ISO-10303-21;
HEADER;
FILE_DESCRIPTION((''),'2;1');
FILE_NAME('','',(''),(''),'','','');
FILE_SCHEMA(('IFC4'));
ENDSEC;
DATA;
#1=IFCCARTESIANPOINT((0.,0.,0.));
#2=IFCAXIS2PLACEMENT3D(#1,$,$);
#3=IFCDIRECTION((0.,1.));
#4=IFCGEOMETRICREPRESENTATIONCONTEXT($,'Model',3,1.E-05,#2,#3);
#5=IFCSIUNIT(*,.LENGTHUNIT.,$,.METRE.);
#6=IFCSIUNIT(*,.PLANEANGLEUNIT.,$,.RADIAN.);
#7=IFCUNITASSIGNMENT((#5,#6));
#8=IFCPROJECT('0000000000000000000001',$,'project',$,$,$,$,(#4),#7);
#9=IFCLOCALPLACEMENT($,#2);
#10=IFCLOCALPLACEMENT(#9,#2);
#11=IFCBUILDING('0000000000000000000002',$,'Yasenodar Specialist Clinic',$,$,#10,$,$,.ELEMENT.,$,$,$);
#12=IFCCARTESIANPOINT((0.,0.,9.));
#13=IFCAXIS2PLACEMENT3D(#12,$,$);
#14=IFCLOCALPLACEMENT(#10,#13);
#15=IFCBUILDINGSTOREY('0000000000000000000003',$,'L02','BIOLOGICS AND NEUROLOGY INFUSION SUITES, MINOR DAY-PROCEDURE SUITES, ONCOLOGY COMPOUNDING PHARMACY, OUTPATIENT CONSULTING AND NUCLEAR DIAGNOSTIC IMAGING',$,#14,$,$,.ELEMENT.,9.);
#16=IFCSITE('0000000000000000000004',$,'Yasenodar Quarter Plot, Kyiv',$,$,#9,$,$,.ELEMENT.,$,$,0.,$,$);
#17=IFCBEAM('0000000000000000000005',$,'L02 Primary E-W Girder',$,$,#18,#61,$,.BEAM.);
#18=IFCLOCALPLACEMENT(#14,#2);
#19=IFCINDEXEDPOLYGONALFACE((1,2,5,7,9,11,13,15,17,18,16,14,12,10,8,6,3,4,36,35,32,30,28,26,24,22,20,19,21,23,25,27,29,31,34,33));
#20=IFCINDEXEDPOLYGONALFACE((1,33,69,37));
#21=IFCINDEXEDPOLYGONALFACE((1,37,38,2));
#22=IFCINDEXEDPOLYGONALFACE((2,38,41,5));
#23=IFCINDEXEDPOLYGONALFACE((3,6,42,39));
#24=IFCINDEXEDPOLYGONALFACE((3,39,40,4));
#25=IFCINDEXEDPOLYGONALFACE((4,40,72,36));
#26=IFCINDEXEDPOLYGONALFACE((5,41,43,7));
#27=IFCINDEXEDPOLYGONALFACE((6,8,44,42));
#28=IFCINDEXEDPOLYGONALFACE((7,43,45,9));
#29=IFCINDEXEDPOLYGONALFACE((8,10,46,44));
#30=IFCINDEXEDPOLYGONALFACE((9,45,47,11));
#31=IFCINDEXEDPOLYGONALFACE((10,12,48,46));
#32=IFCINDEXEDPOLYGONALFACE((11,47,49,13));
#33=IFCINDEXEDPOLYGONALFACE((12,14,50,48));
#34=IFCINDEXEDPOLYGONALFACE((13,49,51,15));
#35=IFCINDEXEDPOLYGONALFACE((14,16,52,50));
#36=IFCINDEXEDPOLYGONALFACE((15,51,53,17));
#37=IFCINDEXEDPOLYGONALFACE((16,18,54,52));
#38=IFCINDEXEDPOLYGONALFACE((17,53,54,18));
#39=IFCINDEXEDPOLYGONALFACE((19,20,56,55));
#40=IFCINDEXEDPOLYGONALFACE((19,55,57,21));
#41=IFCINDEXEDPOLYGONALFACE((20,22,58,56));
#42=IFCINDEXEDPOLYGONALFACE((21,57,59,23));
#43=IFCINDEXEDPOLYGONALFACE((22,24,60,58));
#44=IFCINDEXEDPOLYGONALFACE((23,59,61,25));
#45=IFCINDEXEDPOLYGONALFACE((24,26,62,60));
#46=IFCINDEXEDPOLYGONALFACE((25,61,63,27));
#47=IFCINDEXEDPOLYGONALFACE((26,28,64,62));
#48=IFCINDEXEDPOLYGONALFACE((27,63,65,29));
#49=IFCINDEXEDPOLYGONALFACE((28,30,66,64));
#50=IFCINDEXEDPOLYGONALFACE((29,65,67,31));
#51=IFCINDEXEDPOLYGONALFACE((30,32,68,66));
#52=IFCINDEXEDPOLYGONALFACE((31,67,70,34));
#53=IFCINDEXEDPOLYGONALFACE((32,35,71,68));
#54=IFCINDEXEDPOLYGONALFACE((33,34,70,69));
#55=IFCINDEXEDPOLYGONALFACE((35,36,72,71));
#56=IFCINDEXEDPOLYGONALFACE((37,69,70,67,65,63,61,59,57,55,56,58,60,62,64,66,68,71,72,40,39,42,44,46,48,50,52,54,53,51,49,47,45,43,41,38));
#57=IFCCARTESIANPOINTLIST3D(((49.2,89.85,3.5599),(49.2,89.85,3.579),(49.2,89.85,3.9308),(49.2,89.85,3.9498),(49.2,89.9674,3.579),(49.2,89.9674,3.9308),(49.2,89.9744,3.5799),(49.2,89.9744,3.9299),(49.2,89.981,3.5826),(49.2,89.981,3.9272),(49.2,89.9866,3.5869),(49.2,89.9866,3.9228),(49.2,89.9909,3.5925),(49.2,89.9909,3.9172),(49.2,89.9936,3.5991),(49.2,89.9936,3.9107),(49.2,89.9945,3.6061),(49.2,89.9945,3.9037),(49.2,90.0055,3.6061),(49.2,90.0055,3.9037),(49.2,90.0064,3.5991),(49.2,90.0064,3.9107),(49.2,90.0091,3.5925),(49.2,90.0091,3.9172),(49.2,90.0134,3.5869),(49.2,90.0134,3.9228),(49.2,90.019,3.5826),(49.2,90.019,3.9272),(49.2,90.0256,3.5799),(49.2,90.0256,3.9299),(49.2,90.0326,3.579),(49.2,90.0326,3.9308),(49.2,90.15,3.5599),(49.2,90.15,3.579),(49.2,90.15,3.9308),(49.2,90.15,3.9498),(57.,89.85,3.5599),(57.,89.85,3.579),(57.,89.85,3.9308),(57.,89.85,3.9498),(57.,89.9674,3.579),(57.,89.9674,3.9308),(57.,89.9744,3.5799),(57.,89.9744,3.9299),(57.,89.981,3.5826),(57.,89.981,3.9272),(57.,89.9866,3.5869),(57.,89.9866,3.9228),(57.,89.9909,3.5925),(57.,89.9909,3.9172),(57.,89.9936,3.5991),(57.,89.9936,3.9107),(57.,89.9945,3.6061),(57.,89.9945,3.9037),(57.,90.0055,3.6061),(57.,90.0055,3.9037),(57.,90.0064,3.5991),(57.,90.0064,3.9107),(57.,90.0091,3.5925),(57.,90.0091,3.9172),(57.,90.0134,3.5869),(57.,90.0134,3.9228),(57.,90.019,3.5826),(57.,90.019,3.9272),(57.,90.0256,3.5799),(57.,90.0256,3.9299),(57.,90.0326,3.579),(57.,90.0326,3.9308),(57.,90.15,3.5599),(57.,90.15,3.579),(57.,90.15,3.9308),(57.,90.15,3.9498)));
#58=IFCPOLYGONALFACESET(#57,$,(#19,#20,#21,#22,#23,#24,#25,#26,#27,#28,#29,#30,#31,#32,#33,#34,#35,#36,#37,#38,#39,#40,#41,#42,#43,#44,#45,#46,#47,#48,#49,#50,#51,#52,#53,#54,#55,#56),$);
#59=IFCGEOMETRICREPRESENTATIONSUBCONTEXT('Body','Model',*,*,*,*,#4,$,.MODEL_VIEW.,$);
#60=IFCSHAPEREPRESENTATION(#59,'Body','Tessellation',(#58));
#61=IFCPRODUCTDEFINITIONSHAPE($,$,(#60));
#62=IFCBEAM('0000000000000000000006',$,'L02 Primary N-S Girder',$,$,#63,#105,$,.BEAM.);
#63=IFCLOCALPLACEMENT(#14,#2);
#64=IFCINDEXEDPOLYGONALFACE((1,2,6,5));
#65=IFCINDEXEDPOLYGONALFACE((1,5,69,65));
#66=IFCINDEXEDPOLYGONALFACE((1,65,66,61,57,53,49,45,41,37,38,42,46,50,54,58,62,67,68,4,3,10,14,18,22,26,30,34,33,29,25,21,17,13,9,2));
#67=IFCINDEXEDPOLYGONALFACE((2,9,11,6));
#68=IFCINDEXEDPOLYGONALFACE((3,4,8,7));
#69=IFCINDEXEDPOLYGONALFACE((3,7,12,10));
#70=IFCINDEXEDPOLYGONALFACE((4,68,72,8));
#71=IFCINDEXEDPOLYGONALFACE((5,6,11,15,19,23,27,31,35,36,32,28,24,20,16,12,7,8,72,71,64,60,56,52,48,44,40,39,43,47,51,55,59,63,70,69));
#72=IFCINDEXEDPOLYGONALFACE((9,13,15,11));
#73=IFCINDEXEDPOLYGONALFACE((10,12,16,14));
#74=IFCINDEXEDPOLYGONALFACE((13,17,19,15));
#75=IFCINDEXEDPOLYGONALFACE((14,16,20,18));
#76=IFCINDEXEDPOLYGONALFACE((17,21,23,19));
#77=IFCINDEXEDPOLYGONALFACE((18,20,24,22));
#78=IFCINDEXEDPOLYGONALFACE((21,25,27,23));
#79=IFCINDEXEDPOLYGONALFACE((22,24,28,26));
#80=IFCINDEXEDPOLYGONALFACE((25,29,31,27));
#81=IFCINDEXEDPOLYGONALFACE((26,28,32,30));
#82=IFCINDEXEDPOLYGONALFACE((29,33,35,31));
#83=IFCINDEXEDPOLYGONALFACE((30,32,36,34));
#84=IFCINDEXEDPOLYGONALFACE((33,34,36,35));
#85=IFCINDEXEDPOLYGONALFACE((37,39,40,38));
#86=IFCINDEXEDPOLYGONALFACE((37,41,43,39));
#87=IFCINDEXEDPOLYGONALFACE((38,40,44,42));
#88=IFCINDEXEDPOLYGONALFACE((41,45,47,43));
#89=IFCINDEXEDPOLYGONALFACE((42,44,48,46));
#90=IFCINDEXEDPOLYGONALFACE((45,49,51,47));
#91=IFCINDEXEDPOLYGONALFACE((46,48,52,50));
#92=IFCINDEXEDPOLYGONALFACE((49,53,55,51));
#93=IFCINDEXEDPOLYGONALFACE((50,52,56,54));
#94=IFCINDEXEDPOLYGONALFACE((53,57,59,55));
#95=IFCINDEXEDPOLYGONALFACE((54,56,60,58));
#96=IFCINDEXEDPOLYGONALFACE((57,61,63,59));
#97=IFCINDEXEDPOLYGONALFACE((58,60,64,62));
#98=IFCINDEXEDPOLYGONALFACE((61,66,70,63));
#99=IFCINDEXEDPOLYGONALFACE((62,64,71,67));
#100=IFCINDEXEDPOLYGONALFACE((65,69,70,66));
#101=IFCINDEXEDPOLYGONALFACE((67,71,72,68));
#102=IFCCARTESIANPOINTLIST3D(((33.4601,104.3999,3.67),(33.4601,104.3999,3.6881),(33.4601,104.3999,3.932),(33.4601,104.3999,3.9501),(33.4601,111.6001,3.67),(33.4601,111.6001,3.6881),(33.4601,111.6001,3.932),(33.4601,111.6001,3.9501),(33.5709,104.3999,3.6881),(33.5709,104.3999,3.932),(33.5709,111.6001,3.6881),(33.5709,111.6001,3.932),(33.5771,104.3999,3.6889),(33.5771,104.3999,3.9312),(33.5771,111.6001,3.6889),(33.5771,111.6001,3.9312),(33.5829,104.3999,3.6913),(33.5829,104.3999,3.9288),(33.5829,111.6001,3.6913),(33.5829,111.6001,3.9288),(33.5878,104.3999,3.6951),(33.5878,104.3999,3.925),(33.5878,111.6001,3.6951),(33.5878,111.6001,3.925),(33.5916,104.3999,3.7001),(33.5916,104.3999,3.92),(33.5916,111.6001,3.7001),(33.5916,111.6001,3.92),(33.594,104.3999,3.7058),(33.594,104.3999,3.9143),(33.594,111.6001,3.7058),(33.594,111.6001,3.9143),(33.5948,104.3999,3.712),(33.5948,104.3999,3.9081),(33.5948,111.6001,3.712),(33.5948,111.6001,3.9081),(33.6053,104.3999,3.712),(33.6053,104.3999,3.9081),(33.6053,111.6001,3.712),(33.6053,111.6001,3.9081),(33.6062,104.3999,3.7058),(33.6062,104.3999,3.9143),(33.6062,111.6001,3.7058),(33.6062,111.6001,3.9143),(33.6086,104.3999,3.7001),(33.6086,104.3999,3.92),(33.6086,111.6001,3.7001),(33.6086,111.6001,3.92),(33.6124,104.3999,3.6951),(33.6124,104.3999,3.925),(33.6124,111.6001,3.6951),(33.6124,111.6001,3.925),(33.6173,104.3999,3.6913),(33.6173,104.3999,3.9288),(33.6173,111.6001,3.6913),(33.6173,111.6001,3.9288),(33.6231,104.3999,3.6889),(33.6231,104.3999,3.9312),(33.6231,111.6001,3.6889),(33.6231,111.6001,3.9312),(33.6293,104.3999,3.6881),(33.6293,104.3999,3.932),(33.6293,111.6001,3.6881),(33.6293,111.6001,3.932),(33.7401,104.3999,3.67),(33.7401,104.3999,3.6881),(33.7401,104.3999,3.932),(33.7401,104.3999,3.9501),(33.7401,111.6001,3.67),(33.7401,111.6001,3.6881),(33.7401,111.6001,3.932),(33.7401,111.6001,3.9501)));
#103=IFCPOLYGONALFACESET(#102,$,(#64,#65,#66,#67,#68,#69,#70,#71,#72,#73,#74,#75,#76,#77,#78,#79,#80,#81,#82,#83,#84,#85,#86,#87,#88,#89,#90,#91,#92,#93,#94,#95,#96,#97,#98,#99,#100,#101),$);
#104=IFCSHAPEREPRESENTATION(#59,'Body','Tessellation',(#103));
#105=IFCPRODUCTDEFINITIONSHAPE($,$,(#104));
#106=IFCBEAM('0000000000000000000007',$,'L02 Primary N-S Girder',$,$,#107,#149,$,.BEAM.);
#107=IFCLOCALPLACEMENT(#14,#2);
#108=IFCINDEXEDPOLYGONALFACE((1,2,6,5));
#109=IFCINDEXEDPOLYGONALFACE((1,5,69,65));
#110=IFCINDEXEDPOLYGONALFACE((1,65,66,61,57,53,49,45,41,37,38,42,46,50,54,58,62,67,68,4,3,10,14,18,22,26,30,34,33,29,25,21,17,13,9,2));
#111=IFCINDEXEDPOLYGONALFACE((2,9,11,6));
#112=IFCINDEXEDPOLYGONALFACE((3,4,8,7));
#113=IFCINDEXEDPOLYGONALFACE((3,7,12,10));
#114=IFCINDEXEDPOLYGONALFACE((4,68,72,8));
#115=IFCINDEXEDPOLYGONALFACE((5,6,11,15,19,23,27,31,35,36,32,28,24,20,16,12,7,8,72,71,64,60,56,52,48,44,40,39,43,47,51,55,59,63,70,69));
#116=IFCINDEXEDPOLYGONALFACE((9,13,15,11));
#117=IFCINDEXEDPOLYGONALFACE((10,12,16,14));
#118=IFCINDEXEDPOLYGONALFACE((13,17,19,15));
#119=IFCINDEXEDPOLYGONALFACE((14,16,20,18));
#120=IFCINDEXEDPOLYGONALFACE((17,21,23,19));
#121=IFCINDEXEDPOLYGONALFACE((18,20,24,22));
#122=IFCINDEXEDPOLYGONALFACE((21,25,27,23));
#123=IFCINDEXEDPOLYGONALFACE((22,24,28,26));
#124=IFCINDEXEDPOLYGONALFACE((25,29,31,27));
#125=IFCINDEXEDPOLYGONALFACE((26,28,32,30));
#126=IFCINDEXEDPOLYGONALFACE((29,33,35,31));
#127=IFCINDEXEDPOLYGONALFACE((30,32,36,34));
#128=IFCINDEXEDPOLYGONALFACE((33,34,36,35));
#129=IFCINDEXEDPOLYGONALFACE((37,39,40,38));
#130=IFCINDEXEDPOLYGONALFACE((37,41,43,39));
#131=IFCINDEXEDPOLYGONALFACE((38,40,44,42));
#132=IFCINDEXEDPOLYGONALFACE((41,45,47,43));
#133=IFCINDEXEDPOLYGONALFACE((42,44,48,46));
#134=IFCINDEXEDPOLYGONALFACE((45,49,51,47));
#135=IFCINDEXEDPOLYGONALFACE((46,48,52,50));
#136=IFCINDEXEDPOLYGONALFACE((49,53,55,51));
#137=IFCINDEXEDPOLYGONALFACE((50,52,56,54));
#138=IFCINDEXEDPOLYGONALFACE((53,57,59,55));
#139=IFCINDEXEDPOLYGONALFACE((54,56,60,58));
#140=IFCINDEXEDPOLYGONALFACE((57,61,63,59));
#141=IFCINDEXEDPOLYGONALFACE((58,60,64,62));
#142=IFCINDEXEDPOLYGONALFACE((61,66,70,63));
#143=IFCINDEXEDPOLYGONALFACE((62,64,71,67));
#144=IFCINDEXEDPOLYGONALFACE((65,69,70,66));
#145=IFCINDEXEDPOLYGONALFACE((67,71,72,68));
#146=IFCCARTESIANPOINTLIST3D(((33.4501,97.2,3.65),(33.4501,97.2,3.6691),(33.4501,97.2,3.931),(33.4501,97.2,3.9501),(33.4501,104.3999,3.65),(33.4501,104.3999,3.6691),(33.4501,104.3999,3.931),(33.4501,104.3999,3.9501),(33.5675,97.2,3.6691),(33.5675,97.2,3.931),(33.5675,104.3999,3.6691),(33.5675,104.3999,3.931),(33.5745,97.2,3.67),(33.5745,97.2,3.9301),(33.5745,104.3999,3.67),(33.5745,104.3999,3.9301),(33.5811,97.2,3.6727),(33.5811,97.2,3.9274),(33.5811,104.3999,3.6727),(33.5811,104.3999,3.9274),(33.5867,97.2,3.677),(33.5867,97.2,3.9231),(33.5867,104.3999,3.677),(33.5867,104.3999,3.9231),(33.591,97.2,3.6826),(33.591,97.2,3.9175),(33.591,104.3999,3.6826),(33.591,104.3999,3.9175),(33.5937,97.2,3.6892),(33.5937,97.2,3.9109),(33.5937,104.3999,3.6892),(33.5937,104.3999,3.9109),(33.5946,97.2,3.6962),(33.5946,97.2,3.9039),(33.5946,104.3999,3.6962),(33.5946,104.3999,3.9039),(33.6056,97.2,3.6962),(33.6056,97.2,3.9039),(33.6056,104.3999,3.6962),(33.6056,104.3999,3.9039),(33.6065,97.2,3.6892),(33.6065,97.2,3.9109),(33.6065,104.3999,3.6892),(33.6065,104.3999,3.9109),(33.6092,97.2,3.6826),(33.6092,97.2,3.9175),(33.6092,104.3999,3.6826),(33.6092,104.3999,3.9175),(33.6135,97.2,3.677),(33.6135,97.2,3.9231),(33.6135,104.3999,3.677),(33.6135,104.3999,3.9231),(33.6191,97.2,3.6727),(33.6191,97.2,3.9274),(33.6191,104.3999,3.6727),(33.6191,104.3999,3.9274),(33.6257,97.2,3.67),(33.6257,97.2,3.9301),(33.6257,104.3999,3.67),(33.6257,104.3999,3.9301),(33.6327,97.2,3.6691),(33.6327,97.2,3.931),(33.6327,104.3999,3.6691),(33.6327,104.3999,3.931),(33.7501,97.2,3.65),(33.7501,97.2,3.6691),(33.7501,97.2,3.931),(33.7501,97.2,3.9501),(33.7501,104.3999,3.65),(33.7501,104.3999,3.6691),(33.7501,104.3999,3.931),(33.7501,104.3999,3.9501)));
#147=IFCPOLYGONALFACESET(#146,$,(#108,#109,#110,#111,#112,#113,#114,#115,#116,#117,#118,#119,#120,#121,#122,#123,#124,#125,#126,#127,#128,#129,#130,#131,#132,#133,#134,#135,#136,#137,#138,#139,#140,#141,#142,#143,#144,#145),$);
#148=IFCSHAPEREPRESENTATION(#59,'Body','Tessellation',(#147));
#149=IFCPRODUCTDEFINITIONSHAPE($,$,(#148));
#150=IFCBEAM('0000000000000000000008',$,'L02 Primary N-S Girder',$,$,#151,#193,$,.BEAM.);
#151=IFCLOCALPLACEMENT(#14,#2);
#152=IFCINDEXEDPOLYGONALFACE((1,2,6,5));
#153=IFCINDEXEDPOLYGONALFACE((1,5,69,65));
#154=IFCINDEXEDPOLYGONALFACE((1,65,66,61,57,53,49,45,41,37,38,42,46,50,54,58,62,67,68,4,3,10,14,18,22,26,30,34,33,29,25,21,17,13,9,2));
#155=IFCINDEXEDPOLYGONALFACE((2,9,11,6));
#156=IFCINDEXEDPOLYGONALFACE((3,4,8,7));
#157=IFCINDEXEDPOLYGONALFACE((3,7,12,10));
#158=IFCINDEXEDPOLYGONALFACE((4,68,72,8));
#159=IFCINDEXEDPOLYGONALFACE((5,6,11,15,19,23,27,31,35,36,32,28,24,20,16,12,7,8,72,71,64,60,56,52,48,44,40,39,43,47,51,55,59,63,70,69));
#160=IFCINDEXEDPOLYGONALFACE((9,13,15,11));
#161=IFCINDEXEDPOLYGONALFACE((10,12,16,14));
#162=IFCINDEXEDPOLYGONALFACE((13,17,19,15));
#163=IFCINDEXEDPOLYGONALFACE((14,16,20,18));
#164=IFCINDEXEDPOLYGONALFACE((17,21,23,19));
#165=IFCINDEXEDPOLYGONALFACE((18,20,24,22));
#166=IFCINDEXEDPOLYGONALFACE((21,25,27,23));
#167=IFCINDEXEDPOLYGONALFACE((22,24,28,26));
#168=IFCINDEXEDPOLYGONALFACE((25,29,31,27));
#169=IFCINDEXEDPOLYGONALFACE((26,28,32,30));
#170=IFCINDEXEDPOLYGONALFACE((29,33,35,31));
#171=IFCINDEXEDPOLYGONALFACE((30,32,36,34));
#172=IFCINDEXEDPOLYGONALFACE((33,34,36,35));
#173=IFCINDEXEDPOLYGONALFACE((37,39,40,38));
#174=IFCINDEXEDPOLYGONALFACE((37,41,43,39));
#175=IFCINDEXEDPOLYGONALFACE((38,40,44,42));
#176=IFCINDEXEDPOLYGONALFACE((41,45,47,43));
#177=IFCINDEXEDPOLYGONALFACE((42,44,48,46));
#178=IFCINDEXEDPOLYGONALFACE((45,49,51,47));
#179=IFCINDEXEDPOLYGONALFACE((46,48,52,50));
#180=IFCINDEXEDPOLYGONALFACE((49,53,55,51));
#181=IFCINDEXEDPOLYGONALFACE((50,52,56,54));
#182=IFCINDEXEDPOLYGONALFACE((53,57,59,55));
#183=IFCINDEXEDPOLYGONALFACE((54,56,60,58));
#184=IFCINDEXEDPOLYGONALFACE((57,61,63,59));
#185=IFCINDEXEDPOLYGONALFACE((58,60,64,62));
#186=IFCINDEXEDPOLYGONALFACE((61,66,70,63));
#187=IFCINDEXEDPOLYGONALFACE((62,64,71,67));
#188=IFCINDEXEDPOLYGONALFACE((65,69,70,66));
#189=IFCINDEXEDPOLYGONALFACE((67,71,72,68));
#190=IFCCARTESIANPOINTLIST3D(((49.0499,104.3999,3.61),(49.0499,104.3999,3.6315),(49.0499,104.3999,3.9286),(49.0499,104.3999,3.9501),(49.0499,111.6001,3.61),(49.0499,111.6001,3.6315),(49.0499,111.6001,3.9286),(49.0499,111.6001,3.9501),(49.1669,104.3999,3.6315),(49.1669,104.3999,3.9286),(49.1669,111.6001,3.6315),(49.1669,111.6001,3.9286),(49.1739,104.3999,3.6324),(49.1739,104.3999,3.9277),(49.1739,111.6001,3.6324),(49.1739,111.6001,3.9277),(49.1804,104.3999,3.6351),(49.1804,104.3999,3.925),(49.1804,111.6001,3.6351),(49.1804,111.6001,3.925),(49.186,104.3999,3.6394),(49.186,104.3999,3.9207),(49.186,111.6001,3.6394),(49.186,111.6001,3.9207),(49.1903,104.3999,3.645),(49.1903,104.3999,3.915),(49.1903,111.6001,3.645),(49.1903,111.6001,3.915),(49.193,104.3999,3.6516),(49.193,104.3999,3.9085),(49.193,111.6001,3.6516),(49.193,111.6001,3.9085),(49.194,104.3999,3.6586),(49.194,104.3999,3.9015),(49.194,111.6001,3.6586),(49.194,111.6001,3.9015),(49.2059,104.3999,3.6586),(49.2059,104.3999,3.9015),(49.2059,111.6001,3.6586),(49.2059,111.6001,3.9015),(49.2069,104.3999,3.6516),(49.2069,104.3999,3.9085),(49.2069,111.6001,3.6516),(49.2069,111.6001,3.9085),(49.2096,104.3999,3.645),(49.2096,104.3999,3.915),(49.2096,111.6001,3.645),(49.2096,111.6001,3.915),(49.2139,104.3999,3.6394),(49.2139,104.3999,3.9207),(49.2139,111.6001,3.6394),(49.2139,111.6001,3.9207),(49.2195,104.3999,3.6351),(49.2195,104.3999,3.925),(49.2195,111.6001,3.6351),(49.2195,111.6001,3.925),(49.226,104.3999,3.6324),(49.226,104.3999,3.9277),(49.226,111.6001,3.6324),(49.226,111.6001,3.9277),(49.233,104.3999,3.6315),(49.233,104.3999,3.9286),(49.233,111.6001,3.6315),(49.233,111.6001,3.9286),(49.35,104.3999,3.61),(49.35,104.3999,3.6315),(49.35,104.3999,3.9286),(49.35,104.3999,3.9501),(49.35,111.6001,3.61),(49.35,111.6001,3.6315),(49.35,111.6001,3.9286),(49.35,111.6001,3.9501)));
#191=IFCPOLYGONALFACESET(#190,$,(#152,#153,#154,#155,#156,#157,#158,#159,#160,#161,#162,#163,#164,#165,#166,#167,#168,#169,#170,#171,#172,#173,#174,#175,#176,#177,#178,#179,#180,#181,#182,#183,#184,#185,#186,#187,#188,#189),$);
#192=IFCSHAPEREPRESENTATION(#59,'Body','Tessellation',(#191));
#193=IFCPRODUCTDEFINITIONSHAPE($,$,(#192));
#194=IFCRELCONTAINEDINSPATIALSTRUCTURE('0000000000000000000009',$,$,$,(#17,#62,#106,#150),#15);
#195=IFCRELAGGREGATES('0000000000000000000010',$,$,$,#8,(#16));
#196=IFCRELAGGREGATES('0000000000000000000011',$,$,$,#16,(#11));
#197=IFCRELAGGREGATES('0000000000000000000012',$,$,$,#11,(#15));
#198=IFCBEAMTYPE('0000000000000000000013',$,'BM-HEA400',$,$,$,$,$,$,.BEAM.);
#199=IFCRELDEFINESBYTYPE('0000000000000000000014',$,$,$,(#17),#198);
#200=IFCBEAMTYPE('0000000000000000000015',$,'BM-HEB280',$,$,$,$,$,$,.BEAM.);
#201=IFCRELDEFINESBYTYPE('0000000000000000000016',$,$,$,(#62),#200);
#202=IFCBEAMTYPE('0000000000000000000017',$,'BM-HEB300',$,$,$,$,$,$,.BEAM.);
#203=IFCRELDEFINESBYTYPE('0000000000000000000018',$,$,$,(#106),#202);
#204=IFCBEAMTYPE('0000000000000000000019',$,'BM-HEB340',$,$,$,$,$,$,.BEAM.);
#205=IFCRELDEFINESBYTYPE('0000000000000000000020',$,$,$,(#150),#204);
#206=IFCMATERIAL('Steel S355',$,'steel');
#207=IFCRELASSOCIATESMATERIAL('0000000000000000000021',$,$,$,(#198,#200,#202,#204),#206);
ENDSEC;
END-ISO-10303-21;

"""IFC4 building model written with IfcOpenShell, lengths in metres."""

from ifc_helpers import new_model, si_unit, direction, frame, origin, origin_2d, place, context, subcontext, project, spatial, i_section, extrude, material, material_profile, profile_set, type_object, element, save


model = new_model("IFC4")

# Units and contexts
model_context = context("Model", 3, precision=1e-05, world=origin(), true_north=direction((0.0, 1.0)))
body_context = subcontext(model_context, "Body", "Model", "MODEL_VIEW")
ifc_project = project(units=[si_unit("LENGTHUNIT", "METRE"), si_unit("PLANEANGLEUNIT", "RADIAN")], contexts=[model_context])

# Site, building, storey
site_placement = place(None, origin())
site = spatial("IfcSite", under=ifc_project, at=site_placement, Name="Yasenodar Quarter Plot, Kyiv", CompositionType="ELEMENT", RefElevation=0.0)
building_placement = place(site_placement, origin())
building = spatial("IfcBuilding", under=site, at=building_placement, Name="Yasenodar Specialist Clinic", CompositionType="ELEMENT")
storey_placement = place(building_placement, frame((0.0, 0.0, 9.0)))
storey = spatial("IfcBuildingStorey", under=building, at=storey_placement, Name="L02", Description="BIOLOGICS AND NEUROLOGY INFUSION SUITES, MINOR DAY-PROCEDURE SUITES, ONCOLOGY COMPOUNDING PHARMACY, OUTPATIENT CONSULTING AND NUCLEAR DIAGNOSTIC IMAGING", CompositionType="ELEMENT", Elevation=9.0)

# Shared definitions
ifc_material_1 = material(Name="Steel S355", Category="steel")

# Beams
ifc_material_profile_1 = material_profile(ifc_material_1, i_section(OverallWidth=0.3, OverallDepth=0.3899, WebThickness=0.011, FlangeThickness=0.019, FilletRadius=0.0271, at=origin_2d()), Name="HEA 400")
ifc_profile_set_1 = profile_set([ifc_material_profile_1], Name="Steel S355")
beam_type_1 = type_object("IfcBeamType", Name="BM-HEA400", PredefinedType="BEAM", material=ifc_profile_set_1)
beam_1_placement = place(storey_placement, frame((49.2, 90.0, 3.7549), z_axis=(1.0, 0.0, 0.0), x_axis=(0.0, 1.0, 0.0)))
element("IfcBeam", 1, at=beam_1_placement, inside=storey, type_object=beam_type_1, Name="L02 Primary E-W Girder", PredefinedType="BEAM", context=body_context, shape_type="SweptSolid", body=[
    extrude(i_section(OverallWidth=0.3, OverallDepth=0.3899, WebThickness=0.011, FlangeThickness=0.019, FilletRadius=0.0271, at=origin_2d()), origin(), (0.0, 0.0, 1.0), 7.8),
])
ifc_material_profile_2 = material_profile(ifc_material_1, i_section(OverallWidth=0.28, OverallDepth=0.28, WebThickness=0.0105, FlangeThickness=0.0181, FilletRadius=0.0239, at=origin_2d()), Name="HEB 280")
ifc_profile_set_2 = profile_set([ifc_material_profile_2], Name="Steel S355")
beam_type_2 = type_object("IfcBeamType", Name="BM-HEB280", PredefinedType="BEAM", material=ifc_profile_set_2)
beam_2_placement = place(storey_placement, frame((33.6001, 104.3999, 3.8101), z_axis=(0.0, 1.0, 0.0), x_axis=(-1.0, 0.0, 0.0)))
element("IfcBeam", 2, at=beam_2_placement, inside=storey, type_object=beam_type_2, Name="L02 Primary N-S Girder", PredefinedType="BEAM", context=body_context, shape_type="SweptSolid", body=[
    extrude(i_section(OverallWidth=0.28, OverallDepth=0.28, WebThickness=0.0105, FlangeThickness=0.0181, FilletRadius=0.0239, at=origin_2d()), origin(), (0.0, 0.0, 1.0), 7.2002),
])
ifc_material_profile_3 = material_profile(ifc_material_1, i_section(OverallWidth=0.3, OverallDepth=0.3, WebThickness=0.011, FlangeThickness=0.019, FilletRadius=0.0271, at=origin_2d()), Name="HEB 300")
ifc_profile_set_3 = profile_set([ifc_material_profile_3], Name="Steel S355")
beam_type_3 = type_object("IfcBeamType", Name="BM-HEB300", PredefinedType="BEAM", material=ifc_profile_set_3)
beam_3_placement = place(storey_placement, frame((33.6001, 97.2, 3.8), z_axis=(0.0, 1.0, 0.0), x_axis=(-1.0, 0.0, 0.0)))
element("IfcBeam", 3, at=beam_3_placement, inside=storey, type_object=beam_type_3, Name="L02 Primary N-S Girder", PredefinedType="BEAM", context=body_context, shape_type="SweptSolid", body=[
    extrude(i_section(OverallWidth=0.3, OverallDepth=0.3, WebThickness=0.011, FlangeThickness=0.019, FilletRadius=0.0271, at=origin_2d()), origin(), (0.0, 0.0, 1.0), 7.2),
])
ifc_material_profile_4 = material_profile(ifc_material_1, i_section(OverallWidth=0.3, OverallDepth=0.3401, WebThickness=0.012, FlangeThickness=0.0215, FilletRadius=0.0271, at=origin_2d()), Name="HEB 340")
ifc_profile_set_4 = profile_set([ifc_material_profile_4], Name="Steel S355")
beam_type_4 = type_object("IfcBeamType", Name="BM-HEB340", PredefinedType="BEAM", material=ifc_profile_set_4)
beam_4_placement = place(storey_placement, frame((49.2, 104.3999, 3.78), z_axis=(0.0, 1.0, 0.0), x_axis=(-1.0, 0.0, 0.0)))
element("IfcBeam", 4, at=beam_4_placement, inside=storey, type_object=beam_type_4, Name="L02 Primary N-S Girder", PredefinedType="BEAM", context=body_context, shape_type="SweptSolid", body=[
    extrude(i_section(OverallWidth=0.3, OverallDepth=0.3401, WebThickness=0.012, FlangeThickness=0.0215, FilletRadius=0.0271, at=origin_2d()), origin(), (0.0, 0.0, 1.0), 7.2002),
])

save(model, "model.ifc")
